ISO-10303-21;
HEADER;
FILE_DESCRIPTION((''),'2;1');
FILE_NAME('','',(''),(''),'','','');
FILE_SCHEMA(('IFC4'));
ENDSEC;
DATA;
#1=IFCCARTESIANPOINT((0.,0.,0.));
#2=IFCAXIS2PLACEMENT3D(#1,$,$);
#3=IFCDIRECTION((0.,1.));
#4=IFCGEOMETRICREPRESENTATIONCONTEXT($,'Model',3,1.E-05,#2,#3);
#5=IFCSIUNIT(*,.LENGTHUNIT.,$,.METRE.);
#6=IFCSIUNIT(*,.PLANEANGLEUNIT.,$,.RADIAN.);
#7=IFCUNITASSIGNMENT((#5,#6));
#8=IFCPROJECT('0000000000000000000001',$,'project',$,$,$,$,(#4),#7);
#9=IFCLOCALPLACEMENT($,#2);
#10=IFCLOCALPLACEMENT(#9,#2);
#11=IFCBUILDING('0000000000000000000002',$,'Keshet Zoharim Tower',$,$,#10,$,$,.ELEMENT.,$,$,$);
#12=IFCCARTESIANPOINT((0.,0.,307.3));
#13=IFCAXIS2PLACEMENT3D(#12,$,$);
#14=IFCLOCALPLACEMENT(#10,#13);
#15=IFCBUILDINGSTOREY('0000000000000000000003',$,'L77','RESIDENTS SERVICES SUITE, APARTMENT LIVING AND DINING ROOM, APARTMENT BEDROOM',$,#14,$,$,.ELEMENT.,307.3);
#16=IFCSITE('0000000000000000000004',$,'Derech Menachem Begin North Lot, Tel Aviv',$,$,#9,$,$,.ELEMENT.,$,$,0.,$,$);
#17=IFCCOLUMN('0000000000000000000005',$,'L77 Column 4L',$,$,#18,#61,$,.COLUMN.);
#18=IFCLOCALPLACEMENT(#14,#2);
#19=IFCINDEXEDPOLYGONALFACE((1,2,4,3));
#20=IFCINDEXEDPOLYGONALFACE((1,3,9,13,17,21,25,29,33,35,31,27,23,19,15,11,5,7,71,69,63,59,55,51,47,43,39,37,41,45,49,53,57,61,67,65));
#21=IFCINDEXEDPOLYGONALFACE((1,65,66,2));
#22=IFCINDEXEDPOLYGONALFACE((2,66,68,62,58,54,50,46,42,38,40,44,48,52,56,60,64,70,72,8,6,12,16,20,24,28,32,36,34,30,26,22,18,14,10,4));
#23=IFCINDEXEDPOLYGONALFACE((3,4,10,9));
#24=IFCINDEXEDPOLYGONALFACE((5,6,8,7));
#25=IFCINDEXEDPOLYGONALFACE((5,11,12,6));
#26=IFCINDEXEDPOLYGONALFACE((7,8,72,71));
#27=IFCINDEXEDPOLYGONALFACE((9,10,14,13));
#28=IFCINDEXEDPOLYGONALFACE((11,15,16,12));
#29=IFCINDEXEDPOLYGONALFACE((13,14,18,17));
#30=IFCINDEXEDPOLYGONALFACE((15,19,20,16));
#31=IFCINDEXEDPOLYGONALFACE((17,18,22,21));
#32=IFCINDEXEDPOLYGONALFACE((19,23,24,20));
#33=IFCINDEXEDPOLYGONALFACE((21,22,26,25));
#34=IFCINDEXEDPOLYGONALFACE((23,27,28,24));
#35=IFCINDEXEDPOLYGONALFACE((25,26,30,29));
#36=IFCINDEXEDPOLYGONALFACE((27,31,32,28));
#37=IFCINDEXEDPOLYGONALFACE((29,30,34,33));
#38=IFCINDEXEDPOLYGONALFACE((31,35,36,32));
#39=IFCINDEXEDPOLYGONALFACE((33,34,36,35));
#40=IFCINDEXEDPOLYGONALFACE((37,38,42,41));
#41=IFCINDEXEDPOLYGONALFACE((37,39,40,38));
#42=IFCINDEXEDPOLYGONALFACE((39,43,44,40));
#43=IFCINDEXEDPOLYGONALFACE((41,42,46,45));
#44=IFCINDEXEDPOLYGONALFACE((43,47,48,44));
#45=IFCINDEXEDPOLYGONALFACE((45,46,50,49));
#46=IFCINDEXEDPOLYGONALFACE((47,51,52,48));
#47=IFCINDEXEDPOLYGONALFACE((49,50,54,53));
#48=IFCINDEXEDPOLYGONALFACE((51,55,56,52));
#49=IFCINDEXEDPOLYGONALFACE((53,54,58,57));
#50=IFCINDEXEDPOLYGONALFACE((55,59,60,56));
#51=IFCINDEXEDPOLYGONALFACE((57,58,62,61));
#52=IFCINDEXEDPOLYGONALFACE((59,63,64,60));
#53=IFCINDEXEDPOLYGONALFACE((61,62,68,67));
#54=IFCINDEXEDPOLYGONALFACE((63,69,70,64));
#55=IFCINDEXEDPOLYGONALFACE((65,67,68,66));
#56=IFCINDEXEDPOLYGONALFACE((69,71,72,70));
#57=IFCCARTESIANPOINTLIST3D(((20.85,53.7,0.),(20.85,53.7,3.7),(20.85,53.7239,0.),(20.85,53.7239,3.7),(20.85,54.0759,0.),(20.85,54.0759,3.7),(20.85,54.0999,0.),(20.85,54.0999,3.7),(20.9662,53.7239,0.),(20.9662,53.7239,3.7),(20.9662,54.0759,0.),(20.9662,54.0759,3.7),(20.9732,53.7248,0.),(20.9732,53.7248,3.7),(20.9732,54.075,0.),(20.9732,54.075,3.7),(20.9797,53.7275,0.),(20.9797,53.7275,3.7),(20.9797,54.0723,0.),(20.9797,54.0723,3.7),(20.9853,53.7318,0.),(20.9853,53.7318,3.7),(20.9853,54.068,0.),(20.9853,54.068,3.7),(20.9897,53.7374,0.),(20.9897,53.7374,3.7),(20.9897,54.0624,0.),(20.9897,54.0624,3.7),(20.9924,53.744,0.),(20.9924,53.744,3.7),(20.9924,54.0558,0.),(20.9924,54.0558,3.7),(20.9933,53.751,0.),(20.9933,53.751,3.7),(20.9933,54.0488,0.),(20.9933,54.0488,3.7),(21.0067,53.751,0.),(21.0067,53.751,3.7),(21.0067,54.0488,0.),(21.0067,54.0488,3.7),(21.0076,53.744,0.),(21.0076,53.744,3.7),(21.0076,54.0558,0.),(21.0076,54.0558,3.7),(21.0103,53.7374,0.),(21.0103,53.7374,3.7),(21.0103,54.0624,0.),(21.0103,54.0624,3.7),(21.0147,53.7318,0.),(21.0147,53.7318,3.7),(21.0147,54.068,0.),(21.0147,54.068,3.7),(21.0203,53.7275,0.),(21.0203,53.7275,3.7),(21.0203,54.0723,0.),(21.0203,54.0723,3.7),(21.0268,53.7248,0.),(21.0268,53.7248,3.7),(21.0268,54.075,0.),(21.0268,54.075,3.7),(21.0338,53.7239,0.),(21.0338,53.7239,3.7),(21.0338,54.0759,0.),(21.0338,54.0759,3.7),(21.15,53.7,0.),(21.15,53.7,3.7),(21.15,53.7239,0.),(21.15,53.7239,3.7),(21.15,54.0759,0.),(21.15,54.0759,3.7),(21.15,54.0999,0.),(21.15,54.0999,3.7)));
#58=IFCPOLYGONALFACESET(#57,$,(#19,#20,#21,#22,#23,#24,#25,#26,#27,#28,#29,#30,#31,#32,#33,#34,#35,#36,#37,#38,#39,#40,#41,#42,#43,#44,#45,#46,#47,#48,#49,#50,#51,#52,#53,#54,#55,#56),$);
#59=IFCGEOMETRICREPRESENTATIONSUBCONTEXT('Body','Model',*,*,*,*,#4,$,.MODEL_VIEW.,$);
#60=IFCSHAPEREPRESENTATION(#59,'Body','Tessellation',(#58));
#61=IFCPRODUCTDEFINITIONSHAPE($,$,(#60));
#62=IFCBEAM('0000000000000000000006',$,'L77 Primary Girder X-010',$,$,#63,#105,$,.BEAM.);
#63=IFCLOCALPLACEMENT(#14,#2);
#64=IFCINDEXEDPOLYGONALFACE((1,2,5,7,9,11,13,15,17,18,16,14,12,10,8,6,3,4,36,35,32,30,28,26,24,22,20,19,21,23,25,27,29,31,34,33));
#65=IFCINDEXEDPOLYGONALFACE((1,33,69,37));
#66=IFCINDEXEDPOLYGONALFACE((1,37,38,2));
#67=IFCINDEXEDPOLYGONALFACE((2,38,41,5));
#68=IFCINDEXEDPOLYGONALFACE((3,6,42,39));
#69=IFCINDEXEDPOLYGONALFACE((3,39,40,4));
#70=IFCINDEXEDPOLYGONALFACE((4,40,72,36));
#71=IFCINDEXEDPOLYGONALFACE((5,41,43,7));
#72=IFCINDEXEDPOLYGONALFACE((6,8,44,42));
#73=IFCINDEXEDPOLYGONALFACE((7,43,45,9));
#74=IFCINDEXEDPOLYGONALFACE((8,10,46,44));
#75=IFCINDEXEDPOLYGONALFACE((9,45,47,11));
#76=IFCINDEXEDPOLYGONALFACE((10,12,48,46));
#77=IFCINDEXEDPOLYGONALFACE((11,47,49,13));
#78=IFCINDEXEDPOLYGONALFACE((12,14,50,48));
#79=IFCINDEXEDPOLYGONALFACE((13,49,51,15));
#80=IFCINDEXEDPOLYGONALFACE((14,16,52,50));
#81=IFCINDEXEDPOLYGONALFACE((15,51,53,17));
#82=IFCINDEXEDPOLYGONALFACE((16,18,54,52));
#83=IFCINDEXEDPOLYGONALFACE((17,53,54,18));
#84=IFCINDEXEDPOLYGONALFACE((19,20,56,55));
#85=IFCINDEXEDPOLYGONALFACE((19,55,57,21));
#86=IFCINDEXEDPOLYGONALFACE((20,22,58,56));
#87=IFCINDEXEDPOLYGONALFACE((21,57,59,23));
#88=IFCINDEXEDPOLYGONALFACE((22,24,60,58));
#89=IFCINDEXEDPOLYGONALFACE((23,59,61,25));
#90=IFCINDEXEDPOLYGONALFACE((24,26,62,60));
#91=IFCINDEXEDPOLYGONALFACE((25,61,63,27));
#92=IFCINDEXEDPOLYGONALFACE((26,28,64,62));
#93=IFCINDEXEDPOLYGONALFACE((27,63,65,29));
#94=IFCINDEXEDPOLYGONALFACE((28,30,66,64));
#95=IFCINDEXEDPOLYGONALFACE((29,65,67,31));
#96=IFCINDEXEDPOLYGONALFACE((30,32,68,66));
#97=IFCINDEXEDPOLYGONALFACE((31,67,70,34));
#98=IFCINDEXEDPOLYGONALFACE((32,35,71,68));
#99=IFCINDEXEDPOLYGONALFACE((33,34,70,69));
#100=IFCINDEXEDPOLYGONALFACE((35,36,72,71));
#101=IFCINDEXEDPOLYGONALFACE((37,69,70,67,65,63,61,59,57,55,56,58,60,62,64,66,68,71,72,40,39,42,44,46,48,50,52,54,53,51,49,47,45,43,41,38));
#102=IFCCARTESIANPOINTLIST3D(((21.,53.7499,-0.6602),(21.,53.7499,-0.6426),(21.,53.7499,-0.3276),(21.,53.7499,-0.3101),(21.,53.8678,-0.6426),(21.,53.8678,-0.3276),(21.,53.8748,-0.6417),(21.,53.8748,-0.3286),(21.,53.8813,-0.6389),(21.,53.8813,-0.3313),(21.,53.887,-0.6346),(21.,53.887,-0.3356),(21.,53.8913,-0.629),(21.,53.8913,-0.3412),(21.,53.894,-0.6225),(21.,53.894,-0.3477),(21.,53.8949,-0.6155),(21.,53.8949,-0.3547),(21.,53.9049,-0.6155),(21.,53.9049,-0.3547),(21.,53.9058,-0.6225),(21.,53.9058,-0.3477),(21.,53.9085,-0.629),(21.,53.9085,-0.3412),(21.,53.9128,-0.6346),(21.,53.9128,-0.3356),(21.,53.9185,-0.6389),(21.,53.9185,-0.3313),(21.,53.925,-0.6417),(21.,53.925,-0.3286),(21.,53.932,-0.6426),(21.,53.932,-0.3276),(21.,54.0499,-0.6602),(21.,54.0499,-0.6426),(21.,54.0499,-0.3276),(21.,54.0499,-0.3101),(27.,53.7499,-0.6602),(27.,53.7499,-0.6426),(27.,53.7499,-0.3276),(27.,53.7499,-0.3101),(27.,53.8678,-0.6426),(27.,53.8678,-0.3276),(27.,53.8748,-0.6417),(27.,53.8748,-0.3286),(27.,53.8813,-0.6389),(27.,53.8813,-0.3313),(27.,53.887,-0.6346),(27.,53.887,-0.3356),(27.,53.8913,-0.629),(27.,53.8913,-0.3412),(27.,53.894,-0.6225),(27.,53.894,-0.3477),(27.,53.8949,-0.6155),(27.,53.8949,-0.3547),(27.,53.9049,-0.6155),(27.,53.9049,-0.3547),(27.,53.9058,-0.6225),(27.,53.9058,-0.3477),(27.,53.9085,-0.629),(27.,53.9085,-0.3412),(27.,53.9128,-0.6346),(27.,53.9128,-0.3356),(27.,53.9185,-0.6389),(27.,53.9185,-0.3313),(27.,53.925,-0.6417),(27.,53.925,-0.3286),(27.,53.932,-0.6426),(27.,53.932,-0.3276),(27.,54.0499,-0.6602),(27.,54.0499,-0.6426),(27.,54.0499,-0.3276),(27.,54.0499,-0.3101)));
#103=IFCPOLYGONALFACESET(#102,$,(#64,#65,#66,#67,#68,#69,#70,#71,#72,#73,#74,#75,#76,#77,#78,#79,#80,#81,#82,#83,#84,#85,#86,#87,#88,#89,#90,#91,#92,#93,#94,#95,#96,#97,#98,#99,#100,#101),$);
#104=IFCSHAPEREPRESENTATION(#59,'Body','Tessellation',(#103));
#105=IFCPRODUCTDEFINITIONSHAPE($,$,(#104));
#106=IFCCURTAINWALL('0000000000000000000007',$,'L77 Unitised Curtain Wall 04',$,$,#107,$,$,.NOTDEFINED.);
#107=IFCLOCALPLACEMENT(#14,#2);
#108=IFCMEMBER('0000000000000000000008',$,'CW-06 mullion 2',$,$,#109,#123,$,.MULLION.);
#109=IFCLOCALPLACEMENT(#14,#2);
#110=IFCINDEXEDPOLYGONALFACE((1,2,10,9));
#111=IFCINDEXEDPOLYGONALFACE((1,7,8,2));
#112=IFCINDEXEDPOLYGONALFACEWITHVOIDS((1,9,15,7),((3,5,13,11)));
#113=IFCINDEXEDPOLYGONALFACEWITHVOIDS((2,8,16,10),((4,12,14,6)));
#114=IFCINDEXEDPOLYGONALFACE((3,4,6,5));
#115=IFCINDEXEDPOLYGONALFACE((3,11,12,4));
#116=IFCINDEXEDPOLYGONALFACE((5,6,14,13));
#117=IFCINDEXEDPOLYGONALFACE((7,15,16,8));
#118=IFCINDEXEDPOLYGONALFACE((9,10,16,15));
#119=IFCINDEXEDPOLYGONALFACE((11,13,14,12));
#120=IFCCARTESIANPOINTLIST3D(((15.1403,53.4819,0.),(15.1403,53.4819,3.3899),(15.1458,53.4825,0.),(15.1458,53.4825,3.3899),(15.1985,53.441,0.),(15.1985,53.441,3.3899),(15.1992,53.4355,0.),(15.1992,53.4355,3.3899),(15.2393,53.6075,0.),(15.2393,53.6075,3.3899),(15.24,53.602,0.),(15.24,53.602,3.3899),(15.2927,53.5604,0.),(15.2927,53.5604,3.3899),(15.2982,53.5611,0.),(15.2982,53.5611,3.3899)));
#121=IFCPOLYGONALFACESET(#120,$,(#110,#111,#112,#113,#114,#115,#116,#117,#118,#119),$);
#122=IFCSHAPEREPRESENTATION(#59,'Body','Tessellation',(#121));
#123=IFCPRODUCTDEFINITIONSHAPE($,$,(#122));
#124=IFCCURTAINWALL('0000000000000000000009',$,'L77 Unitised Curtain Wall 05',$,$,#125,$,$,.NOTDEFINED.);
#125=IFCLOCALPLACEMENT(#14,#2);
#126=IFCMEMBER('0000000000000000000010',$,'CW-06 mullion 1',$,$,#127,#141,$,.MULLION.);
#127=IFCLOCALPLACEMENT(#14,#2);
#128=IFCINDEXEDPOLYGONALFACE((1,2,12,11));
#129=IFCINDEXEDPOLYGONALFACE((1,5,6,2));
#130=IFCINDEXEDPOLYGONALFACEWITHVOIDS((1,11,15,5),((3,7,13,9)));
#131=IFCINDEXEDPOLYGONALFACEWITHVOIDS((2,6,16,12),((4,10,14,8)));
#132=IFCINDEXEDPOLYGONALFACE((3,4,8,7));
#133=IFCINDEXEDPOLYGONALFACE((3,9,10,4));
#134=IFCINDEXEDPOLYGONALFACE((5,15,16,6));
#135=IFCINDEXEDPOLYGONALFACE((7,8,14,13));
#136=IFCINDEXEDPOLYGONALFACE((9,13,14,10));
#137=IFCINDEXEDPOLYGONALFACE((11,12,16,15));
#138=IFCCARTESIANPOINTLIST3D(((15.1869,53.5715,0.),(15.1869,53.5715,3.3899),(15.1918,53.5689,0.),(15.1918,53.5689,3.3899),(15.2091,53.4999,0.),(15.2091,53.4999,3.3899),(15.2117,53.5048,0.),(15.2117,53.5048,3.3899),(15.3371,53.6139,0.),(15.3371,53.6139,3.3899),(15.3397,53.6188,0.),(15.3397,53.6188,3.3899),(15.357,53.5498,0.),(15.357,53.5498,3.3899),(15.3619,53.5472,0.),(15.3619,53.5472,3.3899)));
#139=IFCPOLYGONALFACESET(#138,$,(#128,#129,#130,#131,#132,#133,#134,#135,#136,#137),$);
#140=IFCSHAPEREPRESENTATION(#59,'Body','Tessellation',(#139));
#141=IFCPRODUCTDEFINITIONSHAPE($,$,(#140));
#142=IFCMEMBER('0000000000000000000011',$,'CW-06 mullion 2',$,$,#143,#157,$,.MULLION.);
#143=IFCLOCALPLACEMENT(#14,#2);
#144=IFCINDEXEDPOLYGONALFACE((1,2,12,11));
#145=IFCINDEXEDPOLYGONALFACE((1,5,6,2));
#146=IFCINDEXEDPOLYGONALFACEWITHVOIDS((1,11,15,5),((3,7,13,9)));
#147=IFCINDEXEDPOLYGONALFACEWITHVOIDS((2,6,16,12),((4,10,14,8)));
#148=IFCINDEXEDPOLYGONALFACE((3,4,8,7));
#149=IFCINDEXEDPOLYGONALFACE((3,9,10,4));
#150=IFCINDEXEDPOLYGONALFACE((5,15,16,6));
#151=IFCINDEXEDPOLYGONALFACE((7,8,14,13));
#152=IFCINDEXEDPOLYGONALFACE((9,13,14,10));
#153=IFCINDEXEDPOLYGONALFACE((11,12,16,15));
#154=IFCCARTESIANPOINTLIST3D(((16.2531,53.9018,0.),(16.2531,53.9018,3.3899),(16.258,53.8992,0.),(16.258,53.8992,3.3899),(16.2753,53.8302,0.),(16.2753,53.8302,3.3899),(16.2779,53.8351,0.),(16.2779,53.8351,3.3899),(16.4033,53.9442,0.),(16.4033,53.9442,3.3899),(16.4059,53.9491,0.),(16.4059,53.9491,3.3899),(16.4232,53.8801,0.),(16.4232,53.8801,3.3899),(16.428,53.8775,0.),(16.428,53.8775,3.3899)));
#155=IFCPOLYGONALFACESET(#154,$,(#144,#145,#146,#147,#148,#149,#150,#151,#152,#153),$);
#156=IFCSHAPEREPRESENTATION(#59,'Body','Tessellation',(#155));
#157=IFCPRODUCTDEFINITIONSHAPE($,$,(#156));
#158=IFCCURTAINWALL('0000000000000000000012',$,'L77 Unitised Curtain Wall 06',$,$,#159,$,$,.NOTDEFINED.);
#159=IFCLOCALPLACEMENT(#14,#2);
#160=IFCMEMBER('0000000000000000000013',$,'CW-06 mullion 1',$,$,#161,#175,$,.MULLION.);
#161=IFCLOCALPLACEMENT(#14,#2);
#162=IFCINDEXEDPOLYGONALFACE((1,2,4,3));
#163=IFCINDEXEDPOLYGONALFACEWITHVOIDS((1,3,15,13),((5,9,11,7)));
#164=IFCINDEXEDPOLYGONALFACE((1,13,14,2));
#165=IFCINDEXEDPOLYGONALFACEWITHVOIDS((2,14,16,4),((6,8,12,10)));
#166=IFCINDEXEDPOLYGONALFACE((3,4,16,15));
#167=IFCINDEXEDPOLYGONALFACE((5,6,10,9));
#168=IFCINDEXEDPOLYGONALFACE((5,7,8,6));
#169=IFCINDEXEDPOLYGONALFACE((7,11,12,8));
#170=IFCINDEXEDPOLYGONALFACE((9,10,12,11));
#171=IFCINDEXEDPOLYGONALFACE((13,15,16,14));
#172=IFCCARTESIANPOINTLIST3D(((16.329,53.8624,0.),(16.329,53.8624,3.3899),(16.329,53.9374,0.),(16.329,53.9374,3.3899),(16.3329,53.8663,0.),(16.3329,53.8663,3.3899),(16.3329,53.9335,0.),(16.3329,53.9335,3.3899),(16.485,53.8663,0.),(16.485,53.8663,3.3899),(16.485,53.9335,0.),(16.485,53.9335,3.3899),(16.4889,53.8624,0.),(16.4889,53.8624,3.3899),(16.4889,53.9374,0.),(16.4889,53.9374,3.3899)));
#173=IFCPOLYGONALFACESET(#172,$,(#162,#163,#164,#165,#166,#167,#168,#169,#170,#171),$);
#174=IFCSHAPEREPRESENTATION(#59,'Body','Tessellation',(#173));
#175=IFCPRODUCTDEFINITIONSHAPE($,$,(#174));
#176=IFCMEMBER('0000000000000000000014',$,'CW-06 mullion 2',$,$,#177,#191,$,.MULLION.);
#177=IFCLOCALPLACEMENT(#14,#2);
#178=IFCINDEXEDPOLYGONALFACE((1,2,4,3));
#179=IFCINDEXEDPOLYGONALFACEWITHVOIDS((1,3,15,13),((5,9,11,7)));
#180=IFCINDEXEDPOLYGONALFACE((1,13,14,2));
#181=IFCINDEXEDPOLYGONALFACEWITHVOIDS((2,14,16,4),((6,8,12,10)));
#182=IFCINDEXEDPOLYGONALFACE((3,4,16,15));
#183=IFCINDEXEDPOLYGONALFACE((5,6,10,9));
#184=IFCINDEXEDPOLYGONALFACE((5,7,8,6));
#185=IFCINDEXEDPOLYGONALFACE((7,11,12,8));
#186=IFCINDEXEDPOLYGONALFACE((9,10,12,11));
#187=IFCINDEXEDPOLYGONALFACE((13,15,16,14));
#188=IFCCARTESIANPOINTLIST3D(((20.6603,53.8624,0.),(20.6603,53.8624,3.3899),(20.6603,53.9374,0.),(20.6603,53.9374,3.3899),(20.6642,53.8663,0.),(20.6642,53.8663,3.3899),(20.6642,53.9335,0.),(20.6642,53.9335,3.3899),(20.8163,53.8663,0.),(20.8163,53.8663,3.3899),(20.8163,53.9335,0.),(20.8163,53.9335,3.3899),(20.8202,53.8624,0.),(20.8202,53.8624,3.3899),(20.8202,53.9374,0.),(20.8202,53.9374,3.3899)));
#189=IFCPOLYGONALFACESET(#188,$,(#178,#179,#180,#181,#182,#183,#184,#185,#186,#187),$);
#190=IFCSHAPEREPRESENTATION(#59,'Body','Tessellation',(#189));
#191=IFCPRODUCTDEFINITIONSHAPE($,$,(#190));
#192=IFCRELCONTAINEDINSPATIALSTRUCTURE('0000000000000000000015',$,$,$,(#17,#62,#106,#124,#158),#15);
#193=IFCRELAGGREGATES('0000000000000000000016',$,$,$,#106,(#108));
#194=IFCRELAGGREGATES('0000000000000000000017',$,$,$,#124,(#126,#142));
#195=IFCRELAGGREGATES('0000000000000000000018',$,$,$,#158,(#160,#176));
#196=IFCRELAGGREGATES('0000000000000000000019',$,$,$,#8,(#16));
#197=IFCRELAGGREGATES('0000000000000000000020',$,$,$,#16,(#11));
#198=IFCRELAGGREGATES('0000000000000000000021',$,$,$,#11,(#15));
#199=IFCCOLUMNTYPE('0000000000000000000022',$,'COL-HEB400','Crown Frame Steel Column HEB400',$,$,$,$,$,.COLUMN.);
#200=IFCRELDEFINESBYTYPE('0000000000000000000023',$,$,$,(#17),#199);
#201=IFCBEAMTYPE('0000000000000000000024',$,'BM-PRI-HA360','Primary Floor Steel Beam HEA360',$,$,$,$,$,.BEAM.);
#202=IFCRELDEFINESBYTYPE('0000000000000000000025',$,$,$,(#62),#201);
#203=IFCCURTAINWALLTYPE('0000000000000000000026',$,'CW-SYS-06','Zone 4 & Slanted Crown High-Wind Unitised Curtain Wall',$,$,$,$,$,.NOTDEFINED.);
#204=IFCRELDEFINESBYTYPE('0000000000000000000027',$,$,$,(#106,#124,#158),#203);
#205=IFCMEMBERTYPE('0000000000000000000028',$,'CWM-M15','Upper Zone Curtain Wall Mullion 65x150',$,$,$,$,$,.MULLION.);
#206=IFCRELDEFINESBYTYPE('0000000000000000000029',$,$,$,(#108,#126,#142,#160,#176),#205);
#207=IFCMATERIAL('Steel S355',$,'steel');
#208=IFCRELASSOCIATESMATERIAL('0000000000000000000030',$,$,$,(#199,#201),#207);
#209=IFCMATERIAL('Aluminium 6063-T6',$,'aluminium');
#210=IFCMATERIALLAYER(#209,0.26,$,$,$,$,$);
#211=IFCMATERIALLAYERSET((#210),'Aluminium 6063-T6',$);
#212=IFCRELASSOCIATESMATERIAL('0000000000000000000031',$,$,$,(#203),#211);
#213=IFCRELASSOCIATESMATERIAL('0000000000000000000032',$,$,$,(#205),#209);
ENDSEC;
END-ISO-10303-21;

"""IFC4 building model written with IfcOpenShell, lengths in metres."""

from ifc_helpers import new_model, si_unit, direction, frame, origin, origin_2d, place, context, subcontext, project, spatial, hollow_rectangle, i_section, extrude, material, layer, layer_set, material_profile, profile_set, type_object, element, aggregate, save


model = new_model("IFC4")

# Units and contexts
model_context = context("Model", 3, precision=1e-05, world=origin(), true_north=direction((0.0, 1.0)))
body_context = subcontext(model_context, "Body", "Model", "MODEL_VIEW")
ifc_project = project(units=[si_unit("LENGTHUNIT", "METRE"), si_unit("PLANEANGLEUNIT", "RADIAN")], contexts=[model_context])

# Site, building, storey
site_placement = place(None, origin())
site = spatial("IfcSite", under=ifc_project, at=site_placement, Name="Derech Menachem Begin North Lot, Tel Aviv", CompositionType="ELEMENT", RefElevation=0.0)
building_placement = place(site_placement, origin())
building = spatial("IfcBuilding", under=site, at=building_placement, Name="Keshet Zoharim Tower", CompositionType="ELEMENT")
storey_placement = place(building_placement, frame((0.0, 0.0, 307.3)))
storey = spatial("IfcBuildingStorey", under=building, at=storey_placement, Name="L77", Description="RESIDENTS SERVICES SUITE, APARTMENT LIVING AND DINING ROOM, APARTMENT BEDROOM", CompositionType="ELEMENT", Elevation=307.3)

# Column
ifc_material_1 = material(Name="Steel S355", Category="steel")
ifc_material_profile_1 = material_profile(ifc_material_1, i_section(OverallWidth=0.3, OverallDepth=0.3999, WebThickness=0.0134, FlangeThickness=0.0239, FilletRadius=0.0271, at=origin_2d()), Name="HEB400")
ifc_profile_set_1 = profile_set([ifc_material_profile_1], Name="Steel S355")
column_type = type_object("IfcColumnType", Name="COL-HEB400", Description="Crown Frame Steel Column HEB400", PredefinedType="COLUMN", material=ifc_profile_set_1)
column_placement = place(storey_placement, frame((21.0, 53.8999, 0.0), z_axis=(0.0, 0.0, 1.0), x_axis=(1.0, 0.0, 0.0)))
element("IfcColumn", 1, at=column_placement, inside=storey, type_object=column_type, Name="L77 Column 4L", PredefinedType="COLUMN", context=body_context, shape_type="SweptSolid", body=[
    extrude(i_section(OverallWidth=0.3, OverallDepth=0.3999, WebThickness=0.0134, FlangeThickness=0.0239, FilletRadius=0.0271, at=origin_2d()), origin(), (0.0, 0.0, 1.0), 3.7),
])

# Beam
ifc_material_profile_2 = material_profile(ifc_material_1, i_section(OverallWidth=0.3, OverallDepth=0.3501, WebThickness=0.01, FlangeThickness=0.0176, FilletRadius=0.0271, at=origin_2d()), Name="HEA360")
ifc_profile_set_2 = profile_set([ifc_material_profile_2], Name="Steel S355")
beam_type = type_object("IfcBeamType", Name="BM-PRI-HA360", Description="Primary Floor Steel Beam HEA360", PredefinedType="BEAM", material=ifc_profile_set_2)
beam_placement = place(storey_placement, frame((21.0, 53.8999, -0.4851), z_axis=(1.0, 0.0, 0.0), x_axis=(0.0, 1.0, 0.0)))
element("IfcBeam", 2, at=beam_placement, inside=storey, type_object=beam_type, Name="L77 Primary Girder X-010", PredefinedType="BEAM", context=body_context, shape_type="SweptSolid", body=[
    extrude(i_section(OverallWidth=0.3, OverallDepth=0.3501, WebThickness=0.01, FlangeThickness=0.0176, FilletRadius=0.0271, at=origin_2d()), origin(), (0.0, 0.0, 1.0), 6.0),
])

# Curtain wall, member
ifc_material_2 = material(Name="Aluminium 6063-T6", Category="aluminium")
ifc_layer_1 = layer(ifc_material_2, 0.26)
ifc_layer_set_1 = layer_set([ifc_layer_1], Name="Aluminium 6063-T6")
curtain_wall_type = type_object("IfcCurtainWallType", Name="CW-SYS-06", Description="Zone 4 & Slanted Crown High-Wind Unitised Curtain Wall", PredefinedType="NOTDEFINED", material=ifc_layer_set_1)
curtain_wall_1_placement = place(storey_placement, origin())
curtain_wall_1 = element("IfcCurtainWall", 3, at=curtain_wall_1_placement, inside=storey, type_object=curtain_wall_type, Name="L77 Unitised Curtain Wall 04", PredefinedType="NOTDEFINED")
ifc_material_profile_3 = material_profile(ifc_material_2, hollow_rectangle(XDim=0.075, YDim=0.1599, WallThickness=0.0039, at=origin_2d()), Name="MUL-75x160")
ifc_profile_set_3 = profile_set([ifc_material_profile_3], Name="Aluminium 6063-T6")
member_type_1 = type_object("IfcMemberType", Name="CWM-M15", Description="Upper Zone Curtain Wall Mullion 65x150", PredefinedType="MULLION", material=ifc_profile_set_3)
member_1_placement = place(storey_placement, frame((15.2192, 53.5215, 0.0), z_axis=(0.0, 0.0, 1.0), x_axis=(-0.785293, 0.619125, 0.0)))
member_1 = element("IfcMember", 4, at=member_1_placement, type_object=member_type_1, Name="CW-06 mullion 2", PredefinedType="MULLION", context=body_context, shape_type="SweptSolid", body=[
    extrude(hollow_rectangle(XDim=0.075, YDim=0.1599, WallThickness=0.0039, at=origin_2d()), origin(), (0.0, 0.0, 1.0), 3.3899),
])

# Curtain walls, members
curtain_wall_2_placement = place(storey_placement, origin())
curtain_wall_2 = element("IfcCurtainWall", 5, at=curtain_wall_2_placement, inside=storey, type_object=curtain_wall_type, Name="L77 Unitised Curtain Wall 05", PredefinedType="NOTDEFINED")
member_2_placement = place(storey_placement, frame((15.2744, 53.5593, 0.0), z_axis=(0.0, 0.0, 1.0), x_axis=(-0.295922, 0.955212, 0.0)))
member_2 = element("IfcMember", 6, at=member_2_placement, type_object=member_type_1, Name="CW-06 mullion 1", PredefinedType="MULLION", context=body_context, shape_type="SweptSolid", body=[
    extrude(hollow_rectangle(XDim=0.075, YDim=0.1599, WallThickness=0.0039, at=origin_2d()), origin(), (0.0, 0.0, 1.0), 3.3899),
])
member_3_placement = place(storey_placement, frame((16.3406, 53.8896, 0.0), z_axis=(0.0, 0.0, 1.0), x_axis=(-0.295922, 0.955212, 0.0)))
member_3 = element("IfcMember", 7, at=member_3_placement, type_object=member_type_1, Name="CW-06 mullion 2", PredefinedType="MULLION", context=body_context, shape_type="SweptSolid", body=[
    extrude(hollow_rectangle(XDim=0.075, YDim=0.1599, WallThickness=0.0039, at=origin_2d()), origin(), (0.0, 0.0, 1.0), 3.3899),
])
curtain_wall_3_placement = place(storey_placement, origin())
curtain_wall_3 = element("IfcCurtainWall", 8, at=curtain_wall_3_placement, inside=storey, type_object=curtain_wall_type, Name="L77 Unitised Curtain Wall 06", PredefinedType="NOTDEFINED")
member_4_placement = place(storey_placement, frame((16.4089, 53.8999, 0.0), z_axis=(0.0, 0.0, 1.0), x_axis=(0.0, 1.0, 0.0)))
member_4 = element("IfcMember", 9, at=member_4_placement, type_object=member_type_1, Name="CW-06 mullion 1", PredefinedType="MULLION", context=body_context, shape_type="SweptSolid", body=[
    extrude(hollow_rectangle(XDim=0.075, YDim=0.1599, WallThickness=0.0039, at=origin_2d()), origin(), (0.0, 0.0, 1.0), 3.3899),
])
member_5_placement = place(storey_placement, frame((20.7402, 53.8999, 0.0), z_axis=(0.0, 0.0, 1.0), x_axis=(0.0, 1.0, 0.0)))
member_5 = element("IfcMember", 10, at=member_5_placement, type_object=member_type_1, Name="CW-06 mullion 2", PredefinedType="MULLION", context=body_context, shape_type="SweptSolid", body=[
    extrude(hollow_rectangle(XDim=0.075, YDim=0.1599, WallThickness=0.0039, at=origin_2d()), origin(), (0.0, 0.0, 1.0), 3.3899),
])

aggregate(curtain_wall_1, [member_1])
aggregate(curtain_wall_2, [member_2, member_3])
aggregate(curtain_wall_3, [member_4, member_5])

save(model, "model.ifc")
